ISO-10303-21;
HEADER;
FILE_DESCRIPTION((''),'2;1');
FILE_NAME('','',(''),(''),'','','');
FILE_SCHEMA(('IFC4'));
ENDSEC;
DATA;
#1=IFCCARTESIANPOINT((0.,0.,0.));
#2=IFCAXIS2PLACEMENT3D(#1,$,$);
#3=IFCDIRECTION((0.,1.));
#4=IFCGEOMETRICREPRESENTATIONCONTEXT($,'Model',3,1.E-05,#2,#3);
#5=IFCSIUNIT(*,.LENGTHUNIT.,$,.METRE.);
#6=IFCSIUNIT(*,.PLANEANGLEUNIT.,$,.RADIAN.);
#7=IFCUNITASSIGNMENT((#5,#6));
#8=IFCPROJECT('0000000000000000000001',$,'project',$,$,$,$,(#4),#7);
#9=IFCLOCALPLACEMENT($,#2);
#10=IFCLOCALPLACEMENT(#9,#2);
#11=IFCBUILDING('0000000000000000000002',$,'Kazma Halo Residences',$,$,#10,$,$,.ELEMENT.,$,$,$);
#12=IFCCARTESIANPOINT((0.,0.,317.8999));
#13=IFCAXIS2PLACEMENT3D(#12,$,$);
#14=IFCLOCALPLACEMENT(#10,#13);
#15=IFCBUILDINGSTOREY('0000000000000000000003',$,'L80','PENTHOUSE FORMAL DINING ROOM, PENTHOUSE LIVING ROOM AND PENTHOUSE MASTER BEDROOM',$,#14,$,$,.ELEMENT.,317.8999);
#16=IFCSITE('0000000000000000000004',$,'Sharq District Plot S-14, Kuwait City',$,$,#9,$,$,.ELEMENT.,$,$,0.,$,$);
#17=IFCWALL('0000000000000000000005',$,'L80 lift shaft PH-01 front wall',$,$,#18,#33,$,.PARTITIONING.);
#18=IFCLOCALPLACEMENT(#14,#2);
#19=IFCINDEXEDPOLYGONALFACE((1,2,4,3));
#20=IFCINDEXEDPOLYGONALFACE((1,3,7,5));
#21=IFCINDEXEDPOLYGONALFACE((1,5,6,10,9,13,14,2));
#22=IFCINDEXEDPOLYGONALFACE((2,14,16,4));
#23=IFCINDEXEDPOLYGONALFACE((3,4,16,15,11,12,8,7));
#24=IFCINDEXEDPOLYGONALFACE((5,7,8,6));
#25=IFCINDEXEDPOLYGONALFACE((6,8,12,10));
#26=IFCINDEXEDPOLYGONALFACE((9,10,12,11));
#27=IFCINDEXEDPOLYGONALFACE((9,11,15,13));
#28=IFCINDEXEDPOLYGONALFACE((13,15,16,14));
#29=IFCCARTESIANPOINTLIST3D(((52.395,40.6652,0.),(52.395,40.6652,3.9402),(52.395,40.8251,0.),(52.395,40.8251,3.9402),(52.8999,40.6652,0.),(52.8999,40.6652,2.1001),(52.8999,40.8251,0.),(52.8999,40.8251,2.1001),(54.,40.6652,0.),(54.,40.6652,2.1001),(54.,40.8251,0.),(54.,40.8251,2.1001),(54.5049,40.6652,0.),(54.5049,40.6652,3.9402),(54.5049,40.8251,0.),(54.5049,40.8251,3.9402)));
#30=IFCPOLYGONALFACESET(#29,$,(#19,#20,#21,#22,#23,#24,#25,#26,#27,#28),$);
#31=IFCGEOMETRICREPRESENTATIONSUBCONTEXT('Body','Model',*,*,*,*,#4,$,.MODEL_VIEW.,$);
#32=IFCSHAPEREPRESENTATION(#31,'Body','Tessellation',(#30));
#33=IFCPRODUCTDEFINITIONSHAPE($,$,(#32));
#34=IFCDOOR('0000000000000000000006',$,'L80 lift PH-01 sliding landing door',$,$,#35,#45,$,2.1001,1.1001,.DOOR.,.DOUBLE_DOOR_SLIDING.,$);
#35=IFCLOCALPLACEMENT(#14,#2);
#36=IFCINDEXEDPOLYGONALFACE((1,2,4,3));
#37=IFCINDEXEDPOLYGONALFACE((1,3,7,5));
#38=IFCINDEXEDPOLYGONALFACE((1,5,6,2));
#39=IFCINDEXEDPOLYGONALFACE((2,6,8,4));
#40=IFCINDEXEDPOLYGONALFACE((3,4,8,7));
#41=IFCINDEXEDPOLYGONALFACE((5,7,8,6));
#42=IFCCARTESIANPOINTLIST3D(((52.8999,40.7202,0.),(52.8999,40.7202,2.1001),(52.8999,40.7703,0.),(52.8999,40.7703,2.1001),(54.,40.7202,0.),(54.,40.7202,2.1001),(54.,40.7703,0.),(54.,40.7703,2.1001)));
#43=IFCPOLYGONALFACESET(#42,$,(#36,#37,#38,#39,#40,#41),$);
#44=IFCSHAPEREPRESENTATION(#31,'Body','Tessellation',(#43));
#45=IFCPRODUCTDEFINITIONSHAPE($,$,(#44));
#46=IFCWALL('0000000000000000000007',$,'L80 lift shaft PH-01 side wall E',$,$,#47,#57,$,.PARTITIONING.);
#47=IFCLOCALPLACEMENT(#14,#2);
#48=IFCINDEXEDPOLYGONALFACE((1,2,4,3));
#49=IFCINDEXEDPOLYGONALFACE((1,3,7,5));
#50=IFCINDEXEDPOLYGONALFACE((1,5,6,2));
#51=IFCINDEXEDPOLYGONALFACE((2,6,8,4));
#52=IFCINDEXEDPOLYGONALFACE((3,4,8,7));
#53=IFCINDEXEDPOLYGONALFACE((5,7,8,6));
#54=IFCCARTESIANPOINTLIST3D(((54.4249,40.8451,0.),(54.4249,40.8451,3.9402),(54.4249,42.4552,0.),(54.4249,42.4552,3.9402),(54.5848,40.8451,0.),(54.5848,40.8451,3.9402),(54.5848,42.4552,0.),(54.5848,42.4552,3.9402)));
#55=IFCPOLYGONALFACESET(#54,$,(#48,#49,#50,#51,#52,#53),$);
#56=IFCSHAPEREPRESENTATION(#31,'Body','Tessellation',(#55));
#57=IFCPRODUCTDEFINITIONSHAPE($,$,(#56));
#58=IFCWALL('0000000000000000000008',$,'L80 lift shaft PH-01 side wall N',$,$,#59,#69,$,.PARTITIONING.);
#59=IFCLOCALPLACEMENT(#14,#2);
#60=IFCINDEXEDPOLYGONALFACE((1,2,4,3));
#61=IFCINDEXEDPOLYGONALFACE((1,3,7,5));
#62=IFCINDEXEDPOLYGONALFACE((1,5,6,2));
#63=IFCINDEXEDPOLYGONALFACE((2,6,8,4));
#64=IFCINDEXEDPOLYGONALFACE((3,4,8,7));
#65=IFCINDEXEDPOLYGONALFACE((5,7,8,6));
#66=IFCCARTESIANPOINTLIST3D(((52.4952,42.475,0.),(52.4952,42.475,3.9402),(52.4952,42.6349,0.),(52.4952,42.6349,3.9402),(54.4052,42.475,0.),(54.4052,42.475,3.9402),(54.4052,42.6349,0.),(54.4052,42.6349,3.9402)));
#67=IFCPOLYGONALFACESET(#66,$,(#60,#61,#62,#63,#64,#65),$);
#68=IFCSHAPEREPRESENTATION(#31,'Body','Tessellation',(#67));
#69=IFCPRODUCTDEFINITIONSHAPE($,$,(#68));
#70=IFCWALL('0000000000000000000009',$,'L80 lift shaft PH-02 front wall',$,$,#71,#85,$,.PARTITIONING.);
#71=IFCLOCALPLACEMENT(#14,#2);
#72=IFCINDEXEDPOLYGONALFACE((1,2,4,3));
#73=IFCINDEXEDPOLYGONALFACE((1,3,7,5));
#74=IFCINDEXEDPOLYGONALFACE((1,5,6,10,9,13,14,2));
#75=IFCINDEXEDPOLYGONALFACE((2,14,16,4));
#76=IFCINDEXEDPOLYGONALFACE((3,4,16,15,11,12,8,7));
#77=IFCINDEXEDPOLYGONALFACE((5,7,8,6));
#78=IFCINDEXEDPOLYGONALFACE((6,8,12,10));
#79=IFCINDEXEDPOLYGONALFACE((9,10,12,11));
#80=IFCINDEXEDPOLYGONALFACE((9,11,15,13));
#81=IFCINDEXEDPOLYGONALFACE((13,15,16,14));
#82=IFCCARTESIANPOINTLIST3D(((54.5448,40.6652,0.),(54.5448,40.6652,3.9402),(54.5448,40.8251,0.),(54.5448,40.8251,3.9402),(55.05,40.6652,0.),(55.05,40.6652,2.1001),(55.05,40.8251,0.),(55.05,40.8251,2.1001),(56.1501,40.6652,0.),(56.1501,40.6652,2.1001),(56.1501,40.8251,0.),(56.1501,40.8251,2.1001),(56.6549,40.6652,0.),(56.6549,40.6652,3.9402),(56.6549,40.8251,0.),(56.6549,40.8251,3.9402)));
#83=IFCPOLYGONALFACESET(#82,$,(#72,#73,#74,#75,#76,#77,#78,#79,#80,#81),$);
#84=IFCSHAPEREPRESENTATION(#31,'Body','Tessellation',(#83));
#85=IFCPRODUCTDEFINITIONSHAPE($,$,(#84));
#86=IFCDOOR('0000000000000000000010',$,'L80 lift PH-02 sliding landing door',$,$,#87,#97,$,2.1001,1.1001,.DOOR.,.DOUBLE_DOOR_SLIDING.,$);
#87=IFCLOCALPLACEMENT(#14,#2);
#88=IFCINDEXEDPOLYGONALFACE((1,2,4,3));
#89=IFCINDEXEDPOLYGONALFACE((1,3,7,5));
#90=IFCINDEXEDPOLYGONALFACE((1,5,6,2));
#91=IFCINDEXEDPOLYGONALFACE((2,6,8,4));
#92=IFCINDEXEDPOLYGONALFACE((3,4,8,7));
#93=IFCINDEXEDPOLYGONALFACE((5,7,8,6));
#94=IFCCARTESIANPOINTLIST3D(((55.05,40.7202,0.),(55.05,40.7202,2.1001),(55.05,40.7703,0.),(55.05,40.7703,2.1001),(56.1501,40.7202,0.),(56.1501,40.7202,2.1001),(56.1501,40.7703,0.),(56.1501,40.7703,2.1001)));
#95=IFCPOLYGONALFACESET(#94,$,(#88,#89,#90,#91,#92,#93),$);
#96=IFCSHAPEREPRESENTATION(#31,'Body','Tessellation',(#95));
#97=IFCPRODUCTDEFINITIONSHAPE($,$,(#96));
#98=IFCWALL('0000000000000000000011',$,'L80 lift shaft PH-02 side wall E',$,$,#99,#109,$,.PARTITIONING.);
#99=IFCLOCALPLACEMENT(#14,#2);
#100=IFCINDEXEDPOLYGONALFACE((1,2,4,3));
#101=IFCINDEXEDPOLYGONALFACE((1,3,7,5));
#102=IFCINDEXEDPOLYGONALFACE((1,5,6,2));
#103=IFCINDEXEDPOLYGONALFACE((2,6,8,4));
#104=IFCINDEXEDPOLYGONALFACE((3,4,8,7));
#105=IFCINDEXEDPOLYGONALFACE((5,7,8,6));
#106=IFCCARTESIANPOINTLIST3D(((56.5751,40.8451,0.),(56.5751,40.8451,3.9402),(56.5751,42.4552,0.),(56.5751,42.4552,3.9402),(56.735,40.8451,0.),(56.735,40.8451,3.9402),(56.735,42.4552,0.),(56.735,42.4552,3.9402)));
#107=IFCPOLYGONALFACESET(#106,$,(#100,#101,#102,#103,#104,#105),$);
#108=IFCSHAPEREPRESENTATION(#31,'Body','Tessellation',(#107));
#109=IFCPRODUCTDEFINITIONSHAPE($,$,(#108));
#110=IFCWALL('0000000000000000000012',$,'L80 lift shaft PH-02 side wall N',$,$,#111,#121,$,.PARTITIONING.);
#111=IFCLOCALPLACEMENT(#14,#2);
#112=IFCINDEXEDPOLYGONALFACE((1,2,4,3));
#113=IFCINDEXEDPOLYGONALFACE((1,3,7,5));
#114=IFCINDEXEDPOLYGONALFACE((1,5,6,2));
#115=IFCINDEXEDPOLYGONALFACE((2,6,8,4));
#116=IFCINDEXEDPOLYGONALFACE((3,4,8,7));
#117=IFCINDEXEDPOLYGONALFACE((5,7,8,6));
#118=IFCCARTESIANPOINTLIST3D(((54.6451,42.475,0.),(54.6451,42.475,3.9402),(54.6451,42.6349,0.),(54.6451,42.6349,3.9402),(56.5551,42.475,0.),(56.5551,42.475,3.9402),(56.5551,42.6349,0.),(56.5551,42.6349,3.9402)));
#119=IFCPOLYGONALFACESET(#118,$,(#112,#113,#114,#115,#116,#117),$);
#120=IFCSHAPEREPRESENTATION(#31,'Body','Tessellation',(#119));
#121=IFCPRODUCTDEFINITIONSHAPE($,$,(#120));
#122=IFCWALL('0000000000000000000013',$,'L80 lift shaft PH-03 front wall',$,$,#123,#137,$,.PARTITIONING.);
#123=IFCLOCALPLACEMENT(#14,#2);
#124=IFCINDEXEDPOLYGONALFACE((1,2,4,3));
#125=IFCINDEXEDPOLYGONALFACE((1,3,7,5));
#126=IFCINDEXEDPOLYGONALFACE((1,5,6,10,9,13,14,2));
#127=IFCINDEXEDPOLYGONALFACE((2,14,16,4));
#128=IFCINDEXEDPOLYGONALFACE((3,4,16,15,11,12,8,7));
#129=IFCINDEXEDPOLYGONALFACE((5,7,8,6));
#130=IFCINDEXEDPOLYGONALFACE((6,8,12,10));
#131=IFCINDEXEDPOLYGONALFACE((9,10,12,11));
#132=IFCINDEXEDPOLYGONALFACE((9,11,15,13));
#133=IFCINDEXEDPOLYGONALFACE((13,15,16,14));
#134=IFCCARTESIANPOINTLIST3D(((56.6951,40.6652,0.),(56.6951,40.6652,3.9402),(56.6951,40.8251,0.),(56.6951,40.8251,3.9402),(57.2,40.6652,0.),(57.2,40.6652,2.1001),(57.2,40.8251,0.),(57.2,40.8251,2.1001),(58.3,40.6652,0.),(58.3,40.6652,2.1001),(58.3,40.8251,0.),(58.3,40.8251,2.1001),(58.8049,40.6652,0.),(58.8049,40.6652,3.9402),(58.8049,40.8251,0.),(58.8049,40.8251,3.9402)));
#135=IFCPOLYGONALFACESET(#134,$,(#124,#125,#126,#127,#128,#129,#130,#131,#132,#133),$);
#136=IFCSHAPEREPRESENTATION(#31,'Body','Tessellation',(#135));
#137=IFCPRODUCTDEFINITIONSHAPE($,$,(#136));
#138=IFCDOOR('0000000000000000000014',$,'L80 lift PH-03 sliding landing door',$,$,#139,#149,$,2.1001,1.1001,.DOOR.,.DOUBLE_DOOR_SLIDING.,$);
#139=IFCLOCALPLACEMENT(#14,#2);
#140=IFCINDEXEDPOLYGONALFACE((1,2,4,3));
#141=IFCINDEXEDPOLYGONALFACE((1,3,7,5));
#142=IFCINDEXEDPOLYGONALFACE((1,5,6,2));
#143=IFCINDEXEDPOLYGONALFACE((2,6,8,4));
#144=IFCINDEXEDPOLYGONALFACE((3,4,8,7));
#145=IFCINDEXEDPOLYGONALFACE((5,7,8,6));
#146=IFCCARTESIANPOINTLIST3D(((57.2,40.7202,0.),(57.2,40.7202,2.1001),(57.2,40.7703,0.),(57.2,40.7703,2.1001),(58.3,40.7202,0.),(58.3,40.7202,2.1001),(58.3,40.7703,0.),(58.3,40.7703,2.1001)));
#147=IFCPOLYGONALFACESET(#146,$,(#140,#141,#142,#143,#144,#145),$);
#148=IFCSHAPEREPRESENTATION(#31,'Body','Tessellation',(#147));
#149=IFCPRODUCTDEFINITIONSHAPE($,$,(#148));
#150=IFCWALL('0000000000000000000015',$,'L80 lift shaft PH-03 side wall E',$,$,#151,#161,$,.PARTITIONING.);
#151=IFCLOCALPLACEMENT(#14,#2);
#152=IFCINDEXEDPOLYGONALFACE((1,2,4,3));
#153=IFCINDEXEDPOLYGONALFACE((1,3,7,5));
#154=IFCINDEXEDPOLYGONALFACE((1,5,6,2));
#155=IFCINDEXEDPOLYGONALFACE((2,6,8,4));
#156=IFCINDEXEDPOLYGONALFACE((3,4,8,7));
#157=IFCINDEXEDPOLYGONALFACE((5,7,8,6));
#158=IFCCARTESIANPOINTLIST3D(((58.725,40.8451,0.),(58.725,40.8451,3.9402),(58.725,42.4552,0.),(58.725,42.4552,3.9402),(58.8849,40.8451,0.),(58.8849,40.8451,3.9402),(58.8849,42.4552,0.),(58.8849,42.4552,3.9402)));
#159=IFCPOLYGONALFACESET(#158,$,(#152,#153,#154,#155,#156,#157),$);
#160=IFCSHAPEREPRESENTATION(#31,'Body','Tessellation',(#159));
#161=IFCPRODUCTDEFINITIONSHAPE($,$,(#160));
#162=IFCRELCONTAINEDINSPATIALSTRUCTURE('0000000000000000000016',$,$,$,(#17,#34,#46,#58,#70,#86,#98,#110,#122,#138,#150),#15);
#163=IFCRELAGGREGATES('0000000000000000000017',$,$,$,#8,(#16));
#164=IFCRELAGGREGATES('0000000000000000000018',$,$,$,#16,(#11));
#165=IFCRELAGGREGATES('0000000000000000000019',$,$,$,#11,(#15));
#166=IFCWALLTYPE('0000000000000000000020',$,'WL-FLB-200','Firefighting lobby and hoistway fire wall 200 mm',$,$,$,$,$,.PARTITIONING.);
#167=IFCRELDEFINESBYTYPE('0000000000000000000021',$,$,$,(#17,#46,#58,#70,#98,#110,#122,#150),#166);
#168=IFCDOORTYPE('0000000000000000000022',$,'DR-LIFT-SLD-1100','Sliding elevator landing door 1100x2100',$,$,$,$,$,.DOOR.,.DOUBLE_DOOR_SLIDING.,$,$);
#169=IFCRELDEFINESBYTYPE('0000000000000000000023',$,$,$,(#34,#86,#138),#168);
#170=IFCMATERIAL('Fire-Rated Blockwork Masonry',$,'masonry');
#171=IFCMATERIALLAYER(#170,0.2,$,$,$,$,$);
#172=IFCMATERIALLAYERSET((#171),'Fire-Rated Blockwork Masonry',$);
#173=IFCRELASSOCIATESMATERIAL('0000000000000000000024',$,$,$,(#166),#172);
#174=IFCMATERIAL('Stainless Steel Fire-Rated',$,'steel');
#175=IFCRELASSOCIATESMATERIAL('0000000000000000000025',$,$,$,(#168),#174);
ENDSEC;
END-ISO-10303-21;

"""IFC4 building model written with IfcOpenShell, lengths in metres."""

from ifc_helpers import new_model, si_unit, direction, frame, frame_2d, origin, place, context, subcontext, project, spatial, rectangle, extrude, material, layer, layer_set, type_object, element, fill, save


model = new_model("IFC4")

# Units and contexts
model_context = context("Model", 3, precision=1e-05, world=origin(), true_north=direction((0.0, 1.0)))
body_context = subcontext(model_context, "Body", "Model", "MODEL_VIEW")
ifc_project = project(units=[si_unit("LENGTHUNIT", "METRE"), si_unit("PLANEANGLEUNIT", "RADIAN")], contexts=[model_context])

# Site, building, storey
site_placement = place(None, origin())
site = spatial("IfcSite", under=ifc_project, at=site_placement, Name="Sharq District Plot S-14, Kuwait City", CompositionType="ELEMENT", RefElevation=0.0)
building_placement = place(site_placement, origin())
building = spatial("IfcBuilding", under=site, at=building_placement, Name="Kazma Halo Residences", CompositionType="ELEMENT")
storey_placement = place(building_placement, frame((0.0, 0.0, 317.8999)))
storey = spatial("IfcBuildingStorey", under=building, at=storey_placement, Name="L80", Description="PENTHOUSE FORMAL DINING ROOM, PENTHOUSE LIVING ROOM AND PENTHOUSE MASTER BEDROOM", CompositionType="ELEMENT", Elevation=317.8999)

# Wall, opening, door
ifc_material_1 = material(Name="Fire-Rated Blockwork Masonry", Category="masonry")
ifc_layer_1 = layer(ifc_material_1, 0.2)
ifc_layer_set_1 = layer_set([ifc_layer_1], Name="Fire-Rated Blockwork Masonry")
wall_type_1 = type_object("IfcWallType", Name="WL-FLB-200", Description="Firefighting lobby and hoistway fire wall 200 mm", PredefinedType="PARTITIONING", material=ifc_layer_set_1)
wall_1_placement = place(storey_placement, frame((54.5049, 40.7451, 0.0), z_axis=(0.0, 0.0, 1.0), x_axis=(-1.0, 0.0, 0.0)))
wall_1 = element("IfcWall", 1, at=wall_1_placement, inside=storey, type_object=wall_type_1, Name="L80 lift shaft PH-01 front wall", PredefinedType="PARTITIONING", context=body_context, shape_type="SweptSolid", body=[
    extrude(rectangle(XDim=2.1099, YDim=0.1599, at=frame_2d((1.0549, 0.0))), origin(), (0.0, 0.0, 1.0), 3.9402),
])
opening_1_placement = place(wall_1_placement, frame((0.5049, 0.0, 0.0)))
opening_1 = element("IfcOpeningElement", 2, at=opening_1_placement, cuts=wall_1, PredefinedType="OPENING", context=body_context, shape_type="SweptSolid", body=[
    extrude(rectangle(XDim=1.1001, YDim=2.1001, at=frame_2d((0.55, 1.05))), frame((0.0, 0.0898, 0.0), z_axis=(0.0, -1.0, 0.0), x_axis=(1.0, 0.0, 0.0)), (0.0, 0.0, 1.0), 0.1799),
])
ifc_material_2 = material(Name="Stainless Steel Fire-Rated", Category="steel")
door_type_1 = type_object("IfcDoorType", Name="DR-LIFT-SLD-1100", Description="Sliding elevator landing door 1100x2100", OperationType="DOUBLE_DOOR_SLIDING", PredefinedType="DOOR", material=ifc_material_2)
door_1_placement = place(opening_1_placement, origin())
door_1 = element("IfcDoor", 3, at=door_1_placement, inside=storey, type_object=door_type_1, Name="L80 lift PH-01 sliding landing door", OperationType="DOUBLE_DOOR_SLIDING", OverallHeight=2.1001, OverallWidth=1.1001, PredefinedType="DOOR", context=body_context, shape_type="SweptSolid", body=[
    extrude(rectangle(XDim=1.1001, YDim=2.1001, at=frame_2d((0.55, 1.05))), frame((0.0, 0.0249, 0.0), z_axis=(0.0, -1.0, 0.0), x_axis=(1.0, 0.0, 0.0)), (0.0, 0.0, 1.0), 0.05),
])
fill(opening_1, door_1)

# Walls
wall_2_placement = place(storey_placement, frame((54.5049, 40.845, 0.0), z_axis=(0.0, 0.0, 1.0), x_axis=(0.0, 1.0, 0.0)))
element("IfcWall", 4, at=wall_2_placement, inside=storey, type_object=wall_type_1, Name="L80 lift shaft PH-01 side wall E", PredefinedType="PARTITIONING", context=body_context, shape_type="SweptSolid", body=[
    extrude(rectangle(XDim=1.6101, YDim=0.1599, at=frame_2d((0.8052, 0.0))), origin(), (0.0, 0.0, 1.0), 3.9402),
])
wall_3_placement = place(storey_placement, frame((52.4951, 42.5549, 0.0), z_axis=(0.0, 0.0, 1.0), x_axis=(1.0, 0.0, 0.0)))
element("IfcWall", 5, at=wall_3_placement, inside=storey, type_object=wall_type_1, Name="L80 lift shaft PH-01 side wall N", PredefinedType="PARTITIONING", context=body_context, shape_type="SweptSolid", body=[
    extrude(rectangle(XDim=1.9099, YDim=0.1599, at=frame_2d((0.9551, 0.0))), origin(), (0.0, 0.0, 1.0), 3.9402),
])

# Wall, opening, door
wall_4_placement = place(storey_placement, frame((56.655, 40.7451, 0.0), z_axis=(0.0, 0.0, 1.0), x_axis=(-1.0, 0.0, 0.0)))
wall_4 = element("IfcWall", 6, at=wall_4_placement, inside=storey, type_object=wall_type_1, Name="L80 lift shaft PH-02 front wall", PredefinedType="PARTITIONING", context=body_context, shape_type="SweptSolid", body=[
    extrude(rectangle(XDim=2.1101, YDim=0.1599, at=frame_2d((1.0552, 0.0))), origin(), (0.0, 0.0, 1.0), 3.9402),
])
opening_2_placement = place(wall_4_placement, frame((0.5049, 0.0, 0.0)))
opening_2 = element("IfcOpeningElement", 7, at=opening_2_placement, cuts=wall_4, PredefinedType="OPENING", context=body_context, shape_type="SweptSolid", body=[
    extrude(rectangle(XDim=1.1001, YDim=2.1001, at=frame_2d((0.55, 1.05))), frame((0.0, 0.0898, 0.0), z_axis=(0.0, -1.0, 0.0), x_axis=(1.0, 0.0, 0.0)), (0.0, 0.0, 1.0), 0.1799),
])
door_2_placement = place(opening_2_placement, origin())
door_2 = element("IfcDoor", 8, at=door_2_placement, inside=storey, type_object=door_type_1, Name="L80 lift PH-02 sliding landing door", OperationType="DOUBLE_DOOR_SLIDING", OverallHeight=2.1001, OverallWidth=1.1001, PredefinedType="DOOR", context=body_context, shape_type="SweptSolid", body=[
    extrude(rectangle(XDim=1.1001, YDim=2.1001, at=frame_2d((0.55, 1.05))), frame((0.0, 0.0249, 0.0), z_axis=(0.0, -1.0, 0.0), x_axis=(1.0, 0.0, 0.0)), (0.0, 0.0, 1.0), 0.05),
])
fill(opening_2, door_2)

# Walls
wall_5_placement = place(storey_placement, frame((56.655, 40.845, 0.0), z_axis=(0.0, 0.0, 1.0), x_axis=(0.0, 1.0, 0.0)))
element("IfcWall", 9, at=wall_5_placement, inside=storey, type_object=wall_type_1, Name="L80 lift shaft PH-02 side wall E", PredefinedType="PARTITIONING", context=body_context, shape_type="SweptSolid", body=[
    extrude(rectangle(XDim=1.6101, YDim=0.1599, at=frame_2d((0.8052, 0.0))), origin(), (0.0, 0.0, 1.0), 3.9402),
])
wall_6_placement = place(storey_placement, frame((54.645, 42.5549, 0.0), z_axis=(0.0, 0.0, 1.0), x_axis=(1.0, 0.0, 0.0)))
element("IfcWall", 10, at=wall_6_placement, inside=storey, type_object=wall_type_1, Name="L80 lift shaft PH-02 side wall N", PredefinedType="PARTITIONING", context=body_context, shape_type="SweptSolid", body=[
    extrude(rectangle(XDim=1.9099, YDim=0.1599, at=frame_2d((0.9551, 0.0))), origin(), (0.0, 0.0, 1.0), 3.9402),
])

# Wall, opening, door
wall_7_placement = place(storey_placement, frame((58.8049, 40.7451, 0.0), z_axis=(0.0, 0.0, 1.0), x_axis=(-1.0, 0.0, 0.0)))
wall_7 = element("IfcWall", 11, at=wall_7_placement, inside=storey, type_object=wall_type_1, Name="L80 lift shaft PH-03 front wall", PredefinedType="PARTITIONING", context=body_context, shape_type="SweptSolid", body=[
    extrude(rectangle(XDim=2.1099, YDim=0.1599, at=frame_2d((1.0549, 0.0))), origin(), (0.0, 0.0, 1.0), 3.9402),
])
opening_3_placement = place(wall_7_placement, frame((0.5049, 0.0, 0.0)))
opening_3 = element("IfcOpeningElement", 12, at=opening_3_placement, cuts=wall_7, PredefinedType="OPENING", context=body_context, shape_type="SweptSolid", body=[
    extrude(rectangle(XDim=1.1001, YDim=2.1001, at=frame_2d((0.55, 1.05))), frame((0.0, 0.0898, 0.0), z_axis=(0.0, -1.0, 0.0), x_axis=(1.0, 0.0, 0.0)), (0.0, 0.0, 1.0), 0.1799),
])
door_3_placement = place(opening_3_placement, origin())
door_3 = element("IfcDoor", 13, at=door_3_placement, inside=storey, type_object=door_type_1, Name="L80 lift PH-03 sliding landing door", OperationType="DOUBLE_DOOR_SLIDING", OverallHeight=2.1001, OverallWidth=1.1001, PredefinedType="DOOR", context=body_context, shape_type="SweptSolid", body=[
    extrude(rectangle(XDim=1.1001, YDim=2.1001, at=frame_2d((0.55, 1.05))), frame((0.0, 0.0249, 0.0), z_axis=(0.0, -1.0, 0.0), x_axis=(1.0, 0.0, 0.0)), (0.0, 0.0, 1.0), 0.05),
])
fill(opening_3, door_3)

# Wall
wall_8_placement = place(storey_placement, frame((58.8049, 40.845, 0.0), z_axis=(0.0, 0.0, 1.0), x_axis=(0.0, 1.0, 0.0)))
element("IfcWall", 14, at=wall_8_placement, inside=storey, type_object=wall_type_1, Name="L80 lift shaft PH-03 side wall E", PredefinedType="PARTITIONING", context=body_context, shape_type="SweptSolid", body=[
    extrude(rectangle(XDim=1.6101, YDim=0.1599, at=frame_2d((0.8052, 0.0))), origin(), (0.0, 0.0, 1.0), 3.9402),
])

save(model, "model.ifc")
